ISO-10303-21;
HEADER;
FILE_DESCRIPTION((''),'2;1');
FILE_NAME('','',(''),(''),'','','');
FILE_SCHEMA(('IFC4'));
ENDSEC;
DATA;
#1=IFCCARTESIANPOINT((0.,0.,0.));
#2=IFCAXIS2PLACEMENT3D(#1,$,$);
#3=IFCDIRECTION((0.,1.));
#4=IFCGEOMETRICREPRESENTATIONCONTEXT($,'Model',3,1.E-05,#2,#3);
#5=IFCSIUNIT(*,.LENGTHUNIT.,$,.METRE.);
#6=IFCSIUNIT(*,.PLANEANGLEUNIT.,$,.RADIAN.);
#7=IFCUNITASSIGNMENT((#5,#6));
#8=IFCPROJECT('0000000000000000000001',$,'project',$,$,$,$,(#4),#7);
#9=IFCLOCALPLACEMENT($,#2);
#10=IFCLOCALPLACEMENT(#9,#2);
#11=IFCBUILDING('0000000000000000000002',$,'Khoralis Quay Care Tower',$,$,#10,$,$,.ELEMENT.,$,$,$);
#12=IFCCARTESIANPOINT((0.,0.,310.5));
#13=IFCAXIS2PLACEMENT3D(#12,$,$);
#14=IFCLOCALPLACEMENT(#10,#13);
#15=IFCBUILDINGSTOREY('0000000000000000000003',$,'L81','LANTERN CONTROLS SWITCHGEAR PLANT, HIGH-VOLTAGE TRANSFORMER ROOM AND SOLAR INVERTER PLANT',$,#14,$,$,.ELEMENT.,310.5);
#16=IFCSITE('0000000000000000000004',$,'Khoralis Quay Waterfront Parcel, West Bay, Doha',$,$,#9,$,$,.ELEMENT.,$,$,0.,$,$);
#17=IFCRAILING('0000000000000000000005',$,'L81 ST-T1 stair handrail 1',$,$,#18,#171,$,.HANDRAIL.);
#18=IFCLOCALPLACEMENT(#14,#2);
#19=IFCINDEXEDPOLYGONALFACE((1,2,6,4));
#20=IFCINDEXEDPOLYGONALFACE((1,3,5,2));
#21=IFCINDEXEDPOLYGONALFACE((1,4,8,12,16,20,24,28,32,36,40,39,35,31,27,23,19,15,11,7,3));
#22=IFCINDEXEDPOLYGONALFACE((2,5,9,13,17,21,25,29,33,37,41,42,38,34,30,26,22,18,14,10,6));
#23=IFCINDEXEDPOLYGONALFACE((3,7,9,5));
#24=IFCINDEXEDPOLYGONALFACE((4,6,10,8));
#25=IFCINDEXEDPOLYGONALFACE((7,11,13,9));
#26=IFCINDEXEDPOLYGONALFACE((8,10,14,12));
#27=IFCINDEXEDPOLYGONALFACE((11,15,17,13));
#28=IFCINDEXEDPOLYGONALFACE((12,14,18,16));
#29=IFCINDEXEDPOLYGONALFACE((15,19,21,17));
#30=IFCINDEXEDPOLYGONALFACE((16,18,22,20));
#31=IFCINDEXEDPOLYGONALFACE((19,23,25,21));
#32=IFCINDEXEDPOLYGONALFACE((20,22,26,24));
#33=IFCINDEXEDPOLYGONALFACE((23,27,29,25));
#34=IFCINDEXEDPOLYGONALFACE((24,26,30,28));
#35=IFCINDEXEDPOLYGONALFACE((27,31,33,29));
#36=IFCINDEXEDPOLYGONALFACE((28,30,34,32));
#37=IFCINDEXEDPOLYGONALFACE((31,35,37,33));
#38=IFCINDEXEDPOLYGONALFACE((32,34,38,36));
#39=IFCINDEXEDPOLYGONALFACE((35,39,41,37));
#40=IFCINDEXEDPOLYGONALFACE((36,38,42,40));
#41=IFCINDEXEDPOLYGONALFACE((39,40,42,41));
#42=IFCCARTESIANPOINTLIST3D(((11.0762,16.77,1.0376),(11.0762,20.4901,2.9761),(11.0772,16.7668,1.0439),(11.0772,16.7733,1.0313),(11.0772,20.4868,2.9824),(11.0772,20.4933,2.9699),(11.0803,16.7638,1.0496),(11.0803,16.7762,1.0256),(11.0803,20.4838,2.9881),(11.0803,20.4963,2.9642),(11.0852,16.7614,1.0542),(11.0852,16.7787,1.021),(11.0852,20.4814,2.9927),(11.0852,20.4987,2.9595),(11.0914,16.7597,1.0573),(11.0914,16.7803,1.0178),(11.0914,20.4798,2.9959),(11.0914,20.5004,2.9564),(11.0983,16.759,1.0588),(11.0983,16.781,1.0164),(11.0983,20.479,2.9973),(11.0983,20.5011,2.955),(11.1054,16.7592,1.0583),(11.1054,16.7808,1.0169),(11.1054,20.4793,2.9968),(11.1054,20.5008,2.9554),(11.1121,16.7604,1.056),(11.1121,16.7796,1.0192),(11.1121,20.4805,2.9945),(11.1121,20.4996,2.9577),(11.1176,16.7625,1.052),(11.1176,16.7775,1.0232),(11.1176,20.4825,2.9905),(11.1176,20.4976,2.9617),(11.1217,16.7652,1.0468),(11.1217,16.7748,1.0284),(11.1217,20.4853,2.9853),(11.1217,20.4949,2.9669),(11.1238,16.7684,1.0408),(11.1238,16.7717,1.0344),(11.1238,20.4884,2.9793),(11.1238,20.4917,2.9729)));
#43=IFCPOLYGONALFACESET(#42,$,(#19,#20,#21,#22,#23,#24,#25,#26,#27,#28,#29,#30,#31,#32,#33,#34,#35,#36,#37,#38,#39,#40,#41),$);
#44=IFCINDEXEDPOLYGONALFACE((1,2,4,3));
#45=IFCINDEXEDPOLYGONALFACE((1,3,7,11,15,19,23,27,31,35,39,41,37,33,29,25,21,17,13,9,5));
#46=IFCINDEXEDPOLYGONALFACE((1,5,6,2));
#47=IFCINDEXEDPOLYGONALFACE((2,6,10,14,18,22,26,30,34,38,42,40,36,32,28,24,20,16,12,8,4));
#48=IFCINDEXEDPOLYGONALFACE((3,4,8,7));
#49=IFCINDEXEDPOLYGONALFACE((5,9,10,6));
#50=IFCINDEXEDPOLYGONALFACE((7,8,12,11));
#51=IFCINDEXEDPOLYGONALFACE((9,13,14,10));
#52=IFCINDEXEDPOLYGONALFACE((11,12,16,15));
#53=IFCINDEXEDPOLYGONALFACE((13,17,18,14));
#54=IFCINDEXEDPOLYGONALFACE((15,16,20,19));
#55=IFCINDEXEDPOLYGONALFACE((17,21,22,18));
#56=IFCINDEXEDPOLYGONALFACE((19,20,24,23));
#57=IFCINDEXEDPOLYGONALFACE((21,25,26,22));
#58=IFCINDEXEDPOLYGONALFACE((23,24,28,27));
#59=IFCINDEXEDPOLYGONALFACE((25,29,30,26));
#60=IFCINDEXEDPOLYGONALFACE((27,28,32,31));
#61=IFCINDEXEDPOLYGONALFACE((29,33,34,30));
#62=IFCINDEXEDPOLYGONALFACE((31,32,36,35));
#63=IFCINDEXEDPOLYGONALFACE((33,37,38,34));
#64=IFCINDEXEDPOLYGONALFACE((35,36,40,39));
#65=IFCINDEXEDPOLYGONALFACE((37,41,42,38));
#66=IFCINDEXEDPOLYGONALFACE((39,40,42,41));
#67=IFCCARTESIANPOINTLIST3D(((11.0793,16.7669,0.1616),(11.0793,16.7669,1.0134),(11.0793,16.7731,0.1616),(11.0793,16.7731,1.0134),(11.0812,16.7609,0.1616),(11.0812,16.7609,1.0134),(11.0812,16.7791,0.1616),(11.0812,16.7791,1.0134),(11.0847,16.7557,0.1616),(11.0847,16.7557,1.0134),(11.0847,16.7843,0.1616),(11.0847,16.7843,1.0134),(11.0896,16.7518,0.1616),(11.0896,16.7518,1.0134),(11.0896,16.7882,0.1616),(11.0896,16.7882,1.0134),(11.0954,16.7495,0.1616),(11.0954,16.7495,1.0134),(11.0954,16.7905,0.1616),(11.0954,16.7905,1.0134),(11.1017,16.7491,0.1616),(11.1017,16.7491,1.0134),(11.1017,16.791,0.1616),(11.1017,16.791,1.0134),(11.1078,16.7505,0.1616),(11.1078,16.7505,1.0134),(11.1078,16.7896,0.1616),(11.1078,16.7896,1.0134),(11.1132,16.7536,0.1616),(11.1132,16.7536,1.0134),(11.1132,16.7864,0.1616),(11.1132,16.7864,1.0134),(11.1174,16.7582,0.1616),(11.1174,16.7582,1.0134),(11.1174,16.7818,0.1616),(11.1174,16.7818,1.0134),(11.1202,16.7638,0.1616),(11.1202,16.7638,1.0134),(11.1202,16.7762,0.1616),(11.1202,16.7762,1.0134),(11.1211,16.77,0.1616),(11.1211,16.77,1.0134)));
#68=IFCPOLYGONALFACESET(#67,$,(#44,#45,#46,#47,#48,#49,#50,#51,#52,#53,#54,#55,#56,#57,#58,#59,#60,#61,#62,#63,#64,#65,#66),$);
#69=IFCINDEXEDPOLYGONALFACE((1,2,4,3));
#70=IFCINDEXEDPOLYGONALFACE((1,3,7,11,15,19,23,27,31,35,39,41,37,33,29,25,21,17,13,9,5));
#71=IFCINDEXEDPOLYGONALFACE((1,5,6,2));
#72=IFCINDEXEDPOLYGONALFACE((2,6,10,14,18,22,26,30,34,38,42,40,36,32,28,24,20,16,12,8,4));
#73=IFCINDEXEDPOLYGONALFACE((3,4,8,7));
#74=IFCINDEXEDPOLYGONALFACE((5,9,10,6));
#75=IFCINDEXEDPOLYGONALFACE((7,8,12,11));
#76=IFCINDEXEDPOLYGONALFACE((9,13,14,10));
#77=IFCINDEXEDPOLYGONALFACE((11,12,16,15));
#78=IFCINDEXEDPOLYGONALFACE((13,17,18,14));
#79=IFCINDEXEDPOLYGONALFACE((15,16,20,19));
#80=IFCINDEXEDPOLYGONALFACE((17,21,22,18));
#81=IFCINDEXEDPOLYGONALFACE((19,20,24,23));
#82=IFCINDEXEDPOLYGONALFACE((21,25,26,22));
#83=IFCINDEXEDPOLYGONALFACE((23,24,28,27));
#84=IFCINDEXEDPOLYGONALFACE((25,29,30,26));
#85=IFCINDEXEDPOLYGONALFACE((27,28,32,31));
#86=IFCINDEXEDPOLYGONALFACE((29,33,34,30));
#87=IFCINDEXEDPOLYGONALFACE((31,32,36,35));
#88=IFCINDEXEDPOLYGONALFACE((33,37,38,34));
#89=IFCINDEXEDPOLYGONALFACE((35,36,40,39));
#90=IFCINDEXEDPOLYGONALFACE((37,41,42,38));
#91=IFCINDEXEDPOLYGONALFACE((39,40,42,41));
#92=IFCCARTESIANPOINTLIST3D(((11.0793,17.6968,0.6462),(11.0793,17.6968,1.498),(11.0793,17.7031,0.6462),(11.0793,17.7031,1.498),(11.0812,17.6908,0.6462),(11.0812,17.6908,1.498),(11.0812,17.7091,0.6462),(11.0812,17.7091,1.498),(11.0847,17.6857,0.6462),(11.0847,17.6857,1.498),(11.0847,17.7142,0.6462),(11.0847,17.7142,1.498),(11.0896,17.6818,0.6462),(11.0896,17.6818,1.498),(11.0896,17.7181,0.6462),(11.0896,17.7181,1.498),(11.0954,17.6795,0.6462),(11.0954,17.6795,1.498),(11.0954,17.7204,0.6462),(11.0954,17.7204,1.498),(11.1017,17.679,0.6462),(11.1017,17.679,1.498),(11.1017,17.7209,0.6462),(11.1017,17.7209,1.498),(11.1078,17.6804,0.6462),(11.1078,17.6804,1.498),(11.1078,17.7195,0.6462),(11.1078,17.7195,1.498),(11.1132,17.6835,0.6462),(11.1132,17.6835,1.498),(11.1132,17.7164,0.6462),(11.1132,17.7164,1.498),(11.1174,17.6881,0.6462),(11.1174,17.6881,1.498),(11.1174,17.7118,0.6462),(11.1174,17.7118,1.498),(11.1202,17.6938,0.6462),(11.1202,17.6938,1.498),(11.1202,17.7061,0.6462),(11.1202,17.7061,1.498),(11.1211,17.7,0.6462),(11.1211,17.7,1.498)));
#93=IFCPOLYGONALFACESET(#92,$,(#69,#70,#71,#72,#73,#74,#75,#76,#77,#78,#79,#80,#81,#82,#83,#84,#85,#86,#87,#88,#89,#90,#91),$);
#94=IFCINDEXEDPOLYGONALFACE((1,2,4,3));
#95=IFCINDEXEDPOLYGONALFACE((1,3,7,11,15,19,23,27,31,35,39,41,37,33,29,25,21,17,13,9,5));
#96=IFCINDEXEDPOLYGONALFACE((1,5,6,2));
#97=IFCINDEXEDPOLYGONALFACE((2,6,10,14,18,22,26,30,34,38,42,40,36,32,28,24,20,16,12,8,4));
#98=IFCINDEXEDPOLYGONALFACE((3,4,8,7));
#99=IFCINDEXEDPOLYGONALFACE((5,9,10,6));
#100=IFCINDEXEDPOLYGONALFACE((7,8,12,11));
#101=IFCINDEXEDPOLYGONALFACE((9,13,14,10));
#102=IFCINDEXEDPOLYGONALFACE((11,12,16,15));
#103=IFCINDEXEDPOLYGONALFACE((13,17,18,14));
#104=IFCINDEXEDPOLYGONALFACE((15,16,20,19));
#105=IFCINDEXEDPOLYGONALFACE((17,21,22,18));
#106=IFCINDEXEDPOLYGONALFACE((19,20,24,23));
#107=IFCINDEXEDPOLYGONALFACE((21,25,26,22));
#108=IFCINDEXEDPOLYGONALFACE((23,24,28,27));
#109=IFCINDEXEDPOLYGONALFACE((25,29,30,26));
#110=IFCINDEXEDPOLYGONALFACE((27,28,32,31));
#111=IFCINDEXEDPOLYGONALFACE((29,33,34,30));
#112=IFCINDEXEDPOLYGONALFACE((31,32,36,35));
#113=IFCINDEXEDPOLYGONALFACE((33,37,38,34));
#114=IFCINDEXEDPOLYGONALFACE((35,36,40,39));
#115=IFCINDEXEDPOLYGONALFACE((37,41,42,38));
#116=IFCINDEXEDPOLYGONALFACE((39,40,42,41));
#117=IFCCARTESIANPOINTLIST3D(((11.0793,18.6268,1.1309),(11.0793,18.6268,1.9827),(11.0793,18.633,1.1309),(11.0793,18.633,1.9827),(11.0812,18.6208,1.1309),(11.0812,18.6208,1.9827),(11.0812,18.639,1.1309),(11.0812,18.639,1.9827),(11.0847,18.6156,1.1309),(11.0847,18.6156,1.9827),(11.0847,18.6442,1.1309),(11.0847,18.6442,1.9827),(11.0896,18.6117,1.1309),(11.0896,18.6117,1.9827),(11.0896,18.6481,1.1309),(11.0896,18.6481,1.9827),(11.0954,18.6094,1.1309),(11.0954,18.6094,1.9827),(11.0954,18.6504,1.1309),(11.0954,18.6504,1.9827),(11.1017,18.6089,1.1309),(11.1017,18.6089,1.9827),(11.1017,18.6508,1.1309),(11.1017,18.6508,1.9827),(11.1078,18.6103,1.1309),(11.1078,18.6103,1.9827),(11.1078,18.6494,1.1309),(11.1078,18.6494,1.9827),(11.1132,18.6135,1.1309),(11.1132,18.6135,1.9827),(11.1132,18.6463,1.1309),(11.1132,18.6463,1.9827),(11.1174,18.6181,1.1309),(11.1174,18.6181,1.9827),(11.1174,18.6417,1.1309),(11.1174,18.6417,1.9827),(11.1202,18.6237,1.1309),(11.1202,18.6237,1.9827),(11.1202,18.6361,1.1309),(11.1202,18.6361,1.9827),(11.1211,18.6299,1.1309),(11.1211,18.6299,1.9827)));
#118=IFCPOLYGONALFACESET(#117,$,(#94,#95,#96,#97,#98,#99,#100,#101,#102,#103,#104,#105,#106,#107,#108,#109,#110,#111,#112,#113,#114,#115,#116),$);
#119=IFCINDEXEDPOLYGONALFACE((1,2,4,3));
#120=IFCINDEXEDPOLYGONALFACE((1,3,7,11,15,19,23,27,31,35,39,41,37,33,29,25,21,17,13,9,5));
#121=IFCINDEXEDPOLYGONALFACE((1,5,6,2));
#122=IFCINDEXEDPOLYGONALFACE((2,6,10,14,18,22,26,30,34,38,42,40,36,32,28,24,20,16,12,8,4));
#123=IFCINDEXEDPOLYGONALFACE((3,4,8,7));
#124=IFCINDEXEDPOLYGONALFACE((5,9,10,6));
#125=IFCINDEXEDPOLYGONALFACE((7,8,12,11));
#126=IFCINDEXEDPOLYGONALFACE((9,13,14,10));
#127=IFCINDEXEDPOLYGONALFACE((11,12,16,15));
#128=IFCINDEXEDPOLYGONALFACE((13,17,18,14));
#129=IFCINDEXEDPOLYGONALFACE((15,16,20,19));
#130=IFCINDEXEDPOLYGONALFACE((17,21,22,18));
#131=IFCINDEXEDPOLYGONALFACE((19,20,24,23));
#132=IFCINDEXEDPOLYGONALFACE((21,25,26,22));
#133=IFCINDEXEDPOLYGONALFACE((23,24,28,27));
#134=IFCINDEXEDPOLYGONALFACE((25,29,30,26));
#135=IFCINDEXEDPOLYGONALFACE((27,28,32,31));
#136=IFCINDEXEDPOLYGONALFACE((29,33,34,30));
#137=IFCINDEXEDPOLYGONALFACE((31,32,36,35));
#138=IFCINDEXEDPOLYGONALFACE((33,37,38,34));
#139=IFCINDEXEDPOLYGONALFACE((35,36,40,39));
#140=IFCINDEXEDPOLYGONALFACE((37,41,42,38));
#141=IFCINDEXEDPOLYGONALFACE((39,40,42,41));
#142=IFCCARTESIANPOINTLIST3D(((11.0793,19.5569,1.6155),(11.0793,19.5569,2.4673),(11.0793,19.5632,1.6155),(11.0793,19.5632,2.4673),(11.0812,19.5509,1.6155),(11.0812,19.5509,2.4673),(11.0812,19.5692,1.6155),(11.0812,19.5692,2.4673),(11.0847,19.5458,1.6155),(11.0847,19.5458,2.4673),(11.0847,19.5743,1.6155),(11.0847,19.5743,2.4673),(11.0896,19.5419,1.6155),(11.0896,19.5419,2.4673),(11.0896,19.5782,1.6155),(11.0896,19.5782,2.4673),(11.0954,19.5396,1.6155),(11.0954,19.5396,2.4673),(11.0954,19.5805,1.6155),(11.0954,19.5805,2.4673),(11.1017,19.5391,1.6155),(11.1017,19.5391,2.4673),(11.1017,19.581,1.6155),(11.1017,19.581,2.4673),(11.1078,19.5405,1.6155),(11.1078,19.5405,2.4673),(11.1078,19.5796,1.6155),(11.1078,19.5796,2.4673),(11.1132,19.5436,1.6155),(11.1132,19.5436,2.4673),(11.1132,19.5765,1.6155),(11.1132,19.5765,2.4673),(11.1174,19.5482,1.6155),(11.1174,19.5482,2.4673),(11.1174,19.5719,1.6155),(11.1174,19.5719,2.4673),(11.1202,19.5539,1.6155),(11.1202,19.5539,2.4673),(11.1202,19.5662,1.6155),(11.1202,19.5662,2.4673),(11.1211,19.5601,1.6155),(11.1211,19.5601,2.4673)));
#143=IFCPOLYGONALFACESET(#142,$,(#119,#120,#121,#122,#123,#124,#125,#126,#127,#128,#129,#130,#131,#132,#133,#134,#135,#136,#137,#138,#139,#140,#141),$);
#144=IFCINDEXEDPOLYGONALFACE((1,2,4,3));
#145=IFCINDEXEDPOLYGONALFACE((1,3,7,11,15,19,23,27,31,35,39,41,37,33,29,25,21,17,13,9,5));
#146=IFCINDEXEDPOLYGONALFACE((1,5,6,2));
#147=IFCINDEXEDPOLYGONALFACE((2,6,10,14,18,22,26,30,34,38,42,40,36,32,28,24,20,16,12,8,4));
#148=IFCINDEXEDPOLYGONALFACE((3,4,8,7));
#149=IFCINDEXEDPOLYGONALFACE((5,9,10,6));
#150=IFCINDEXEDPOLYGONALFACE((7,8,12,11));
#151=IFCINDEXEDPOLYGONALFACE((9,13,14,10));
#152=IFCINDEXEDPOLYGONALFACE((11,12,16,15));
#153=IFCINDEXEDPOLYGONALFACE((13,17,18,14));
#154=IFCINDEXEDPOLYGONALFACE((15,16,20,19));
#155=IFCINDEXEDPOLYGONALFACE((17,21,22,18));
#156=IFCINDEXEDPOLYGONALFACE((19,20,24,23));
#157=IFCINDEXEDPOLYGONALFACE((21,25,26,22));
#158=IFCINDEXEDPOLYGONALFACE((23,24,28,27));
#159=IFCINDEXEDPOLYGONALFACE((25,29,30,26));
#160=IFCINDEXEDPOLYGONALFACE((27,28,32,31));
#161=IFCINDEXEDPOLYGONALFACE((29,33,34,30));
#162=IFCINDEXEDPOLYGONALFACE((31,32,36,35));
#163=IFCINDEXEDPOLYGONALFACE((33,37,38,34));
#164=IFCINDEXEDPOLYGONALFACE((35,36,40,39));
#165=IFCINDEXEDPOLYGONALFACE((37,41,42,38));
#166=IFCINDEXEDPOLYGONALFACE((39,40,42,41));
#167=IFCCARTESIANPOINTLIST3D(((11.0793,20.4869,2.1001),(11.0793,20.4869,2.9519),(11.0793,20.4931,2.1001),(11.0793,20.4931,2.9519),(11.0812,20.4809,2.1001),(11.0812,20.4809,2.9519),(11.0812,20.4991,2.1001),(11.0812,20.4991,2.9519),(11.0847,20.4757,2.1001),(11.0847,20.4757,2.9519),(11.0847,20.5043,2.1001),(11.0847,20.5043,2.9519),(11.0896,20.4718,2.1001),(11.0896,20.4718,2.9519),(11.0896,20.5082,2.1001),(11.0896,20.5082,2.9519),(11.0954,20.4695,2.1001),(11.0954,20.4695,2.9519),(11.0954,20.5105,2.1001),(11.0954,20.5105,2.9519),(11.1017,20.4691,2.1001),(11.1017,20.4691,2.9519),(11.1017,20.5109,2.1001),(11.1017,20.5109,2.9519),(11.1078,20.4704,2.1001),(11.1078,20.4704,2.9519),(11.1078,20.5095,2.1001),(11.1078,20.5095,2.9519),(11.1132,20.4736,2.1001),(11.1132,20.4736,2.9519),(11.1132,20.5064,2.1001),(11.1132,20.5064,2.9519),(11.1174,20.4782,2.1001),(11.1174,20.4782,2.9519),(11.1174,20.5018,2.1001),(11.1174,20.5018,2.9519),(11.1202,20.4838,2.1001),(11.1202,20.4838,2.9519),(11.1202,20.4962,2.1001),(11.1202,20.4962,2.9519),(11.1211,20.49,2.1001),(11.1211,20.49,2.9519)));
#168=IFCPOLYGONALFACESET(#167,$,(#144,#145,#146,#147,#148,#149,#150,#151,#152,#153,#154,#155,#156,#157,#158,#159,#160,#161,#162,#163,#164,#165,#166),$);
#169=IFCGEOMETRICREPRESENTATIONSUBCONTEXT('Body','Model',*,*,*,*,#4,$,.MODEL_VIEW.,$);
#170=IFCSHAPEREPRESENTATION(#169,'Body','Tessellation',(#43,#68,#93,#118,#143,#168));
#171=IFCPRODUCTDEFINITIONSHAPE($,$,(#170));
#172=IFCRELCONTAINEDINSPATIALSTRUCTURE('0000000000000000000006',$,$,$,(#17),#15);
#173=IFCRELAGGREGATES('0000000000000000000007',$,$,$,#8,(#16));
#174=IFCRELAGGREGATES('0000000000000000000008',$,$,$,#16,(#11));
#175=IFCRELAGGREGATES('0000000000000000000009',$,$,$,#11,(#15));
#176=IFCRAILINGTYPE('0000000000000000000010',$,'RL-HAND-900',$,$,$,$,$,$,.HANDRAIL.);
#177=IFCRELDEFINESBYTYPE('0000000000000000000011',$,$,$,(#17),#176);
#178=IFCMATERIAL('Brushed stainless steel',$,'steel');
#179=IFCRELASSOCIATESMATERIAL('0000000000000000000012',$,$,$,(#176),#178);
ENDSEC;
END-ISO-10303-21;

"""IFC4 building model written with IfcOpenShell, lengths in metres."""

from ifc_helpers import new_model, si_unit, direction, frame, origin, origin_2d, place, context, subcontext, project, spatial, circle, extrude, material, type_object, element, save


model = new_model("IFC4")

# Units and contexts
model_context = context("Model", 3, precision=1e-05, world=origin(), true_north=direction((0.0, 1.0)))
body_context = subcontext(model_context, "Body", "Model", "MODEL_VIEW")
ifc_project = project(units=[si_unit("LENGTHUNIT", "METRE"), si_unit("PLANEANGLEUNIT", "RADIAN")], contexts=[model_context])

# Site, building, storey
site_placement = place(None, origin())
site = spatial("IfcSite", under=ifc_project, at=site_placement, Name="Khoralis Quay Waterfront Parcel, West Bay, Doha", CompositionType="ELEMENT", RefElevation=0.0)
building_placement = place(site_placement, origin())
building = spatial("IfcBuilding", under=site, at=building_placement, Name="Khoralis Quay Care Tower", CompositionType="ELEMENT")
storey_placement = place(building_placement, frame((0.0, 0.0, 310.5)))
storey = spatial("IfcBuildingStorey", under=building, at=storey_placement, Name="L81", Description="LANTERN CONTROLS SWITCHGEAR PLANT, HIGH-VOLTAGE TRANSFORMER ROOM AND SOLAR INVERTER PLANT", CompositionType="ELEMENT", Elevation=310.5)

# Shared definitions
ifc_material_1 = material(Name="Brushed stainless steel", Category="steel")

# Railing
railing_type_1 = type_object("IfcRailingType", Name="RL-HAND-900", PredefinedType="HANDRAIL", material=ifc_material_1)
railing_1_placement = place(storey_placement, frame((11.1001, 16.77, 0.1616)))
element("IfcRailing", 1, at=railing_1_placement, inside=storey, type_object=railing_type_1, Name="L81 ST-T1 stair handrail 1", PredefinedType="HANDRAIL", context=body_context, shape_type="SweptSolid", body=[
    extrude(circle(Radius=0.0239, at=origin_2d()), frame((0.0, 0.0, 0.876), z_axis=(0.0, 0.886817, 0.46212), x_axis=(-1.0, 0.0, 0.0)), (0.0, 0.0, 1.0), 4.1948),
    extrude(circle(Radius=0.021, at=origin_2d()), origin(), (0.0, 0.0, 1.0), 0.8518),
    extrude(circle(Radius=0.021, at=origin_2d()), frame((0.0, 0.9299, 0.4846)), (0.0, 0.0, 1.0), 0.8518),
    extrude(circle(Radius=0.021, at=origin_2d()), frame((0.0, 1.8599, 0.9692)), (0.0, 0.0, 1.0), 0.8518),
    extrude(circle(Radius=0.021, at=origin_2d()), frame((0.0, 2.79, 1.4539)), (0.0, 0.0, 1.0), 0.8518),
    extrude(circle(Radius=0.021, at=origin_2d()), frame((0.0, 3.72, 1.9385)), (0.0, 0.0, 1.0), 0.8518),
])

save(model, "model.ifc")
